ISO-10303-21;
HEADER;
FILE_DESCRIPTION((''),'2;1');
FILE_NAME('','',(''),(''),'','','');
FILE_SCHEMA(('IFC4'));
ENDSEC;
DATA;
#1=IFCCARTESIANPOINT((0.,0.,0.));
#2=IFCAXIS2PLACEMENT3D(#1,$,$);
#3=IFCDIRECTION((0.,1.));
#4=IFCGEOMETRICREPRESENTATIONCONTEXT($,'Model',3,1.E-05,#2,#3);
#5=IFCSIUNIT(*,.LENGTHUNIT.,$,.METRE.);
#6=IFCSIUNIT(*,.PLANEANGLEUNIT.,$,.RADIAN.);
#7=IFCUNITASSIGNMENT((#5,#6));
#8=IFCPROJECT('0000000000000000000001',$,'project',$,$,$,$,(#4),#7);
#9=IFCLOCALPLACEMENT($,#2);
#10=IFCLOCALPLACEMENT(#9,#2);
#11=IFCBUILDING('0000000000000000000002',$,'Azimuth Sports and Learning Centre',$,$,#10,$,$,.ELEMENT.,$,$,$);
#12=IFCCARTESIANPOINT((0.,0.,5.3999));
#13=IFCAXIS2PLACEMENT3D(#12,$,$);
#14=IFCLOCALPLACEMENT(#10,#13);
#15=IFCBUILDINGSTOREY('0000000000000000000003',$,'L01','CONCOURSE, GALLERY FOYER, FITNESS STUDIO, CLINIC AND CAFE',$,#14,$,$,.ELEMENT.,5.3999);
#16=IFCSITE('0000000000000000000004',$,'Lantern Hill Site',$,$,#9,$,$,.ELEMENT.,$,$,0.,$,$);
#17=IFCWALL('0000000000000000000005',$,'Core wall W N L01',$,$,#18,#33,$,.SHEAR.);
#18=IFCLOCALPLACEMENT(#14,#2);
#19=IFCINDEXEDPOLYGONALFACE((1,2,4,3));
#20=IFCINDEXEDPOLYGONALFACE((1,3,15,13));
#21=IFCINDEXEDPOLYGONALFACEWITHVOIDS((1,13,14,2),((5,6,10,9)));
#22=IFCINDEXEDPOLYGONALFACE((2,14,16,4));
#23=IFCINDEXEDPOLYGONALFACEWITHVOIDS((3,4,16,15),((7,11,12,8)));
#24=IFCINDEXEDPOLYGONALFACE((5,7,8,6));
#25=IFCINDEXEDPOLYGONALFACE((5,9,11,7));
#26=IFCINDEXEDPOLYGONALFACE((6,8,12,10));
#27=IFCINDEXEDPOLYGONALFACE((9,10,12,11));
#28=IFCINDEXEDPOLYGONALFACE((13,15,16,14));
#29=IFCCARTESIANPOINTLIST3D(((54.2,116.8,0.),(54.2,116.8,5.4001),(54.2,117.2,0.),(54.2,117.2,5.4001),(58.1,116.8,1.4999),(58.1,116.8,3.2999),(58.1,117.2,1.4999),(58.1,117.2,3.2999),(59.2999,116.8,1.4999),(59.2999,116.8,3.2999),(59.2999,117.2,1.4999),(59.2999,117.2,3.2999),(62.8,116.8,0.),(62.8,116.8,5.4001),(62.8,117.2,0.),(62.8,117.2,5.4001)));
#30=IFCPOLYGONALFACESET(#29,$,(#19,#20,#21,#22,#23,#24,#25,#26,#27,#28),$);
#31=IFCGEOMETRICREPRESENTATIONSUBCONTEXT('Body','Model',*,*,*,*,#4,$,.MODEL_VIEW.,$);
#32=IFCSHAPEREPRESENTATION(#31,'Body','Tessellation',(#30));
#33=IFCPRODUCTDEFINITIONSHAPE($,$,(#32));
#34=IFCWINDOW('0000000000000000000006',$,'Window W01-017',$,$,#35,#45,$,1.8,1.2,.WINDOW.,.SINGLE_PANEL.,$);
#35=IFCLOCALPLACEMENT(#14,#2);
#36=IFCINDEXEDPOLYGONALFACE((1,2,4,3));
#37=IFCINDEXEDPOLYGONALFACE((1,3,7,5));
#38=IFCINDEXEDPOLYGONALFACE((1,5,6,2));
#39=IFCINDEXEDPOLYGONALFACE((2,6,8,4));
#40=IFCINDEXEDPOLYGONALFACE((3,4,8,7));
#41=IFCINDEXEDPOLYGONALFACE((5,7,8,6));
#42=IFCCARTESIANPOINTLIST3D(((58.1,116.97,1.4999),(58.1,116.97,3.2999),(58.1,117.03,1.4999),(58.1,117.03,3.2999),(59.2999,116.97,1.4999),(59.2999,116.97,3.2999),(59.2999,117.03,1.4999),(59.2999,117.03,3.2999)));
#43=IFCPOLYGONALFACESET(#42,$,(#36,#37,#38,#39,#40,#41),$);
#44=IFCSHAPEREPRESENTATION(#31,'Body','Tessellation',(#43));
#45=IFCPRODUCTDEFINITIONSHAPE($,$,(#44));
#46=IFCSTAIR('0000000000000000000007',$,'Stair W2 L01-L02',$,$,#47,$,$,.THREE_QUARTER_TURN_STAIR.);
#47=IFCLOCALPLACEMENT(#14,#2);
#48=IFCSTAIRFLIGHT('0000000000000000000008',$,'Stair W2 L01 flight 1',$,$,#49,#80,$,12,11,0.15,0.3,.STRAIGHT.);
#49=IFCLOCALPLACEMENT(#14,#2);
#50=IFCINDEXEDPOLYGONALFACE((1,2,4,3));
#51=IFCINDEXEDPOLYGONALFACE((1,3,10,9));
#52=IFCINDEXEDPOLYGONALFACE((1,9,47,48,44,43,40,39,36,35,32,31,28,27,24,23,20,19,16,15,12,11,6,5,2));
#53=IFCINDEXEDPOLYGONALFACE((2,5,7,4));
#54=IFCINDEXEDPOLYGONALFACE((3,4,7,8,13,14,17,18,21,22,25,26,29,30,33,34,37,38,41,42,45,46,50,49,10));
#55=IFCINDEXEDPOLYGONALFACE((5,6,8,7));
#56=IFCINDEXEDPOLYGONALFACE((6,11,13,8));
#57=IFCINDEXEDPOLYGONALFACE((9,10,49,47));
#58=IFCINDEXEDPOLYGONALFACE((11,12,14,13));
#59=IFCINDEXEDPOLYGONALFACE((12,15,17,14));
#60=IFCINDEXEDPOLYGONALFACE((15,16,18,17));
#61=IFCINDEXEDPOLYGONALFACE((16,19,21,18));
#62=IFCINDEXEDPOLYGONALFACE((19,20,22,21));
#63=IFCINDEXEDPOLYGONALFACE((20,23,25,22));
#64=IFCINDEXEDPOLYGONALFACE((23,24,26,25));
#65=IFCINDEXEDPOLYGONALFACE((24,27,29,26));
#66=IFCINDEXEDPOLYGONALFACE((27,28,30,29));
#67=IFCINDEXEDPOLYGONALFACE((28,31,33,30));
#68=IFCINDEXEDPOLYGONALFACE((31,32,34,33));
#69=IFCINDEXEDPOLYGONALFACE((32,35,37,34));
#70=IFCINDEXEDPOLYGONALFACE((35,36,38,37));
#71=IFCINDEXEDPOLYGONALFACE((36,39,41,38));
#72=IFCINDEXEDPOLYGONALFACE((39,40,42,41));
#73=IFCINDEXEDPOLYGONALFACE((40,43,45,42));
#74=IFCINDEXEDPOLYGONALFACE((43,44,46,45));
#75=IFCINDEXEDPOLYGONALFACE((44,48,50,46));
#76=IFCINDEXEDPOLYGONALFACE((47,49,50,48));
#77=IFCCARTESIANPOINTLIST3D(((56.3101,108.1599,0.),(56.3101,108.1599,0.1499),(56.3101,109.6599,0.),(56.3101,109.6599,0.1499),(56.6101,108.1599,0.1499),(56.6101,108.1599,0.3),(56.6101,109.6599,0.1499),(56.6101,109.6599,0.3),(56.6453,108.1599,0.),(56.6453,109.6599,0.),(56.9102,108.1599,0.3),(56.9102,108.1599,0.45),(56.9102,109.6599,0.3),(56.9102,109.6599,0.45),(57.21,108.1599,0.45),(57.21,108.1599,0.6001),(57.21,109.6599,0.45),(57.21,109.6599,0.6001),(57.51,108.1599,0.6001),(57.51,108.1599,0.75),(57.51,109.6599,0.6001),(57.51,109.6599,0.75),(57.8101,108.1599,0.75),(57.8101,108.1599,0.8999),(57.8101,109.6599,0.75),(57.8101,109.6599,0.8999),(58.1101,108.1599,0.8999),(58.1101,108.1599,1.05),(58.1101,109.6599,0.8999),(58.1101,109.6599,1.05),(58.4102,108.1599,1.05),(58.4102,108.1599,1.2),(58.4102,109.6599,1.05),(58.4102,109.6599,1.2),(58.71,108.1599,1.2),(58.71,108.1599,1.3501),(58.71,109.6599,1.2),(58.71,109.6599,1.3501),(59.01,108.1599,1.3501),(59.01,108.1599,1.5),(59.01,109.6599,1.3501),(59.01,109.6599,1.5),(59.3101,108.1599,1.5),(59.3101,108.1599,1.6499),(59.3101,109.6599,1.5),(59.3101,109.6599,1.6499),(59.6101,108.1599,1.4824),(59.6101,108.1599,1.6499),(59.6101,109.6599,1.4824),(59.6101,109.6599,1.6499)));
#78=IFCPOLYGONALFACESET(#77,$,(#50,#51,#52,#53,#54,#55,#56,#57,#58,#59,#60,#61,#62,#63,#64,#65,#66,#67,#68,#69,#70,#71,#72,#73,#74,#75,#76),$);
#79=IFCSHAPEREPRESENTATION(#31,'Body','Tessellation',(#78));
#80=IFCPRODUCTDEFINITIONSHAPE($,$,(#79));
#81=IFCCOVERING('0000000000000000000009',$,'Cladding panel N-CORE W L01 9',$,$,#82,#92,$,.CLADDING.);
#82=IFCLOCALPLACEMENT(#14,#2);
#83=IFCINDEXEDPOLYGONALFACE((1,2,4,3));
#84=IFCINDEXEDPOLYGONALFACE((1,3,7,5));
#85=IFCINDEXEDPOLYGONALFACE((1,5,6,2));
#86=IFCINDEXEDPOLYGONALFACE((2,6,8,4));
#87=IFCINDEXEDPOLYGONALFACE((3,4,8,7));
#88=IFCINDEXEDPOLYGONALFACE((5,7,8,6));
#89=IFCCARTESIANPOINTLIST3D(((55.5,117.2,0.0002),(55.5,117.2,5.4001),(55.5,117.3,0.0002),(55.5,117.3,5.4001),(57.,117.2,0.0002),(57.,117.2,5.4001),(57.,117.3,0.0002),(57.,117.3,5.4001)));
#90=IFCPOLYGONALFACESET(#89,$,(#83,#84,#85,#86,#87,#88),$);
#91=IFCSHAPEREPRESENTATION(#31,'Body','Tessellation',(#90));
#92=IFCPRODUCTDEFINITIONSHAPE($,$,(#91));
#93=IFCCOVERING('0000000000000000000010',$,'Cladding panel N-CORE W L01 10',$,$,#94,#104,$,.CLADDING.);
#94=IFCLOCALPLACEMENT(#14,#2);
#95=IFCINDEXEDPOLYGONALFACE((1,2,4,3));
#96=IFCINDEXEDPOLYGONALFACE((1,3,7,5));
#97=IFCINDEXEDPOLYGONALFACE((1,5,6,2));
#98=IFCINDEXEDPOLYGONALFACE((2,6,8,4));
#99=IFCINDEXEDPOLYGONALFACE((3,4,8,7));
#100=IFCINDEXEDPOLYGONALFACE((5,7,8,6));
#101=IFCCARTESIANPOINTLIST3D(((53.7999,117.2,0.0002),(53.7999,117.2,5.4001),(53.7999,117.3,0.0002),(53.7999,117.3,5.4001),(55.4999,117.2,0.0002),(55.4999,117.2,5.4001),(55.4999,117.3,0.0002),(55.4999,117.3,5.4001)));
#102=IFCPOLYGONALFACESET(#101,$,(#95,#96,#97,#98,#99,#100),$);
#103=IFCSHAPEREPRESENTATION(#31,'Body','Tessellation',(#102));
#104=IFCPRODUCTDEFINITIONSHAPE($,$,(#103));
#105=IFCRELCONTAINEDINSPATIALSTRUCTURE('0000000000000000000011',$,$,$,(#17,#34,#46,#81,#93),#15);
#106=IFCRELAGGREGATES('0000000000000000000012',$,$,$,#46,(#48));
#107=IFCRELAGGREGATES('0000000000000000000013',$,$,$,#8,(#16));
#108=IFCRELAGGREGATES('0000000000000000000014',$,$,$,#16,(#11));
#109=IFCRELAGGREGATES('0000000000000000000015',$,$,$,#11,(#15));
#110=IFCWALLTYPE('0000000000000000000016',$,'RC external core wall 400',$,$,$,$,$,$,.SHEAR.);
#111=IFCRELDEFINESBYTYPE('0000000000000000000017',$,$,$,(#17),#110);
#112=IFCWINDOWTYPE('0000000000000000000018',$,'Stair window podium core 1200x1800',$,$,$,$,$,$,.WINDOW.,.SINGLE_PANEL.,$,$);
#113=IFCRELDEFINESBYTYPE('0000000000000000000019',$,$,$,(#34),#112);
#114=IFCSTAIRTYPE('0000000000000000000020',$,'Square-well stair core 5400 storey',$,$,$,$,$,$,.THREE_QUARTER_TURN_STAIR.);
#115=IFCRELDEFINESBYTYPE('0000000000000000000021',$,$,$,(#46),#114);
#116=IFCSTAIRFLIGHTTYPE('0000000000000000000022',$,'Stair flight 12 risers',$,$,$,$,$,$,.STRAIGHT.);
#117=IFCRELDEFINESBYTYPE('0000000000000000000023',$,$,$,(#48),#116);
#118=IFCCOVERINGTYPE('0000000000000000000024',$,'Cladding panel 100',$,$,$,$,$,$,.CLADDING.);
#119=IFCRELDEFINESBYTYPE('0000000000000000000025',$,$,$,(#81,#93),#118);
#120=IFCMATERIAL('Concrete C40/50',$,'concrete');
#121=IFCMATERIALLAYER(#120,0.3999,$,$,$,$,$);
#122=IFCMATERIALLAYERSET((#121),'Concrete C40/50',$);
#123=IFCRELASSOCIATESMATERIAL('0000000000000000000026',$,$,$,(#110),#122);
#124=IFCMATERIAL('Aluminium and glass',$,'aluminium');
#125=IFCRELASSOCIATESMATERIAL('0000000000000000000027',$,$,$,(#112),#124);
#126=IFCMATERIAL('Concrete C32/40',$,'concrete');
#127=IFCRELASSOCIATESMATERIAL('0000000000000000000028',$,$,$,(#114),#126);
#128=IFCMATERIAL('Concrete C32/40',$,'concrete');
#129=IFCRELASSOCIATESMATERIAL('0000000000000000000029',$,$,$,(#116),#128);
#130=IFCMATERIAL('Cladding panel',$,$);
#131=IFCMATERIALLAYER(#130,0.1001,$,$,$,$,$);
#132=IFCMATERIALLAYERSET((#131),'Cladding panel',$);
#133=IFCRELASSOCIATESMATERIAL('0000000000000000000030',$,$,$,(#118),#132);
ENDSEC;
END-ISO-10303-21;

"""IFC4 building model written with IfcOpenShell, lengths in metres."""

from ifc_helpers import new_model, si_unit, direction, frame, frame_2d, origin, origin_2d, place, context, subcontext, project, spatial, polyline, rectangle, outline, extrude, material, layer, layer_set, type_object, element, fill, aggregate, save


model = new_model("IFC4")

# Units and contexts
model_context = context("Model", 3, precision=1e-05, world=origin(), true_north=direction((0.0, 1.0)))
body_context = subcontext(model_context, "Body", "Model", "MODEL_VIEW")
ifc_project = project(units=[si_unit("LENGTHUNIT", "METRE"), si_unit("PLANEANGLEUNIT", "RADIAN")], contexts=[model_context])

# Site, building, storey
site_placement = place(None, origin())
site = spatial("IfcSite", under=ifc_project, at=site_placement, Name="Lantern Hill Site", CompositionType="ELEMENT", RefElevation=0.0)
building_placement = place(site_placement, origin())
building = spatial("IfcBuilding", under=site, at=building_placement, Name="Azimuth Sports and Learning Centre", CompositionType="ELEMENT")
storey_placement = place(building_placement, frame((0.0, 0.0, 5.3999)))
storey = spatial("IfcBuildingStorey", under=building, at=storey_placement, Name="L01", Description="CONCOURSE, GALLERY FOYER, FITNESS STUDIO, CLINIC AND CAFE", CompositionType="ELEMENT", Elevation=5.3999)

# Wall, opening, window
ifc_material_1 = material(Name="Concrete C40/50", Category="concrete")
ifc_layer_1 = layer(ifc_material_1, 0.3999)
ifc_layer_set_1 = layer_set([ifc_layer_1], Name="Concrete C40/50")
wall_type_1 = type_object("IfcWallType", Name="RC external core wall 400", PredefinedType="SHEAR", material=ifc_layer_set_1)
wall_1_placement = place(storey_placement, frame((54.2, 117.0, 0.0), z_axis=(0.0, 0.0, 1.0), x_axis=(1.0, 0.0, 0.0)))
wall_1 = element("IfcWall", 1, at=wall_1_placement, inside=storey, type_object=wall_type_1, Name="Core wall W N L01", PredefinedType="SHEAR", context=body_context, shape_type="SweptSolid", body=[
    extrude(rectangle(XDim=8.6001, YDim=0.3999, at=frame_2d((4.3, 0.0))), origin(), (0.0, 0.0, 1.0), 5.4001),
])
opening_1_placement = place(wall_1_placement, frame((3.8999, 0.0, 1.5)))
opening_1 = element("IfcOpeningElement", 2, at=opening_1_placement, cuts=wall_1, PredefinedType="OPENING", context=body_context, shape_type="SweptSolid", body=[
    extrude(rectangle(XDim=1.2, YDim=1.8, at=frame_2d((0.6001, 0.8999))), frame((0.0, 0.2109, 0.0), z_axis=(0.0, -1.0, 0.0), x_axis=(1.0, 0.0, 0.0)), (0.0, 0.0, 1.0), 0.4219),
])
ifc_material_2 = material(Name="Aluminium and glass", Category="aluminium")
window_type = type_object("IfcWindowType", Name="Stair window podium core 1200x1800", PartitioningType="SINGLE_PANEL", PredefinedType="WINDOW", material=ifc_material_2)
window_placement = place(opening_1_placement, origin())
window = element("IfcWindow", 3, at=window_placement, inside=storey, type_object=window_type, Name="Window W01-017", OverallHeight=1.8, OverallWidth=1.2, PartitioningType="SINGLE_PANEL", PredefinedType="WINDOW", context=body_context, shape_type="SweptSolid", body=[
    extrude(rectangle(XDim=1.2, YDim=1.8, at=frame_2d((0.6001, 0.8999))), frame((0.0, 0.03, 0.0), z_axis=(0.0, -1.0, 0.0), x_axis=(1.0, 0.0, 0.0)), (0.0, 0.0, 1.0), 0.0601),
])
fill(opening_1, window)

# Stair, stair flight
ifc_material_3 = material(Name="Concrete C32/40", Category="concrete")
stair_type = type_object("IfcStairType", Name="Square-well stair core 5400 storey", PredefinedType="THREE_QUARTER_TURN_STAIR", material=ifc_material_3)
stair_placement = place(storey_placement, origin())
stair = element("IfcStair", 4, at=stair_placement, inside=storey, type_object=stair_type, Name="Stair W2 L01-L02", PredefinedType="THREE_QUARTER_TURN_STAIR")
ifc_material_4 = material(Name="Concrete C32/40", Category="concrete")
stair_flight_type = type_object("IfcStairFlightType", Name="Stair flight 12 risers", PredefinedType="STRAIGHT", material=ifc_material_4)
stair_flight_placement = place(storey_placement, frame((56.3101, 108.9099, 0.0), z_axis=(0.0, 0.0, 1.0), x_axis=(1.0, 0.0, 0.0)))
stair_flight = element("IfcStairFlight", 5, at=stair_flight_placement, type_object=stair_flight_type, Name="Stair W2 L01 flight 1", NumberOfRisers=12, NumberOfTreads=11, PredefinedType="STRAIGHT", RiserHeight=0.15, TreadLength=0.3, context=body_context, shape_type="SweptSolid", body=[
    extrude(outline(polyline([(0.0, 0.0), (0.0, 0.1499), (0.3, 0.1499), (0.3, 0.3), (0.6001, 0.3), (0.6001, 0.45), (0.8999, 0.45), (0.8999, 0.6001), (1.2, 0.6001), (1.2, 0.75), (1.5, 0.75), (1.5, 0.8999), (1.8, 0.8999), (1.8, 1.05), (2.1001, 1.05), (2.1001, 1.2), (2.3999, 1.2), (2.3999, 1.3501), (2.7, 1.3501), (2.7, 1.5), (3.0, 1.5), (3.0, 1.6499), (3.3, 1.6499), (3.3, 1.8), (3.3, 1.4824), (0.3352, 0.0), (0.0, 0.0)])), frame((0.0, 0.75, 0.0), z_axis=(0.0, -1.0, 0.0), x_axis=(1.0, 0.0, 0.0)), (0.0, 0.0, 1.0), 1.5),
])
aggregate(stair, [stair_flight])

# Coverings
ifc_material_5 = material(Name="Cladding panel")
ifc_layer_2 = layer(ifc_material_5, 0.1001)
ifc_layer_set_2 = layer_set([ifc_layer_2], Name="Cladding panel")
covering_type = type_object("IfcCoveringType", Name="Cladding panel 100", PredefinedType="CLADDING", material=ifc_layer_set_2)
covering_1_placement = place(storey_placement, frame((56.25, 117.25, 0.0002), z_axis=(0.0, 0.0, 1.0), x_axis=(-1.0, 0.0, 0.0)))
element("IfcCovering", 6, at=covering_1_placement, inside=storey, type_object=covering_type, Name="Cladding panel N-CORE W L01 9", PredefinedType="CLADDING", context=body_context, shape_type="SweptSolid", body=[
    extrude(rectangle(XDim=1.5, YDim=0.1001, at=origin_2d()), origin(), (0.0, 0.0, 1.0), 5.3999),
])
covering_2_placement = place(storey_placement, frame((54.6499, 117.25, 0.0002), z_axis=(0.0, 0.0, 1.0), x_axis=(-1.0, 0.0, 0.0)))
element("IfcCovering", 7, at=covering_2_placement, inside=storey, type_object=covering_type, Name="Cladding panel N-CORE W L01 10", PredefinedType="CLADDING", context=body_context, shape_type="SweptSolid", body=[
    extrude(rectangle(XDim=1.7, YDim=0.1001, at=origin_2d()), origin(), (0.0, 0.0, 1.0), 5.3999),
])

save(model, "model.ifc")
